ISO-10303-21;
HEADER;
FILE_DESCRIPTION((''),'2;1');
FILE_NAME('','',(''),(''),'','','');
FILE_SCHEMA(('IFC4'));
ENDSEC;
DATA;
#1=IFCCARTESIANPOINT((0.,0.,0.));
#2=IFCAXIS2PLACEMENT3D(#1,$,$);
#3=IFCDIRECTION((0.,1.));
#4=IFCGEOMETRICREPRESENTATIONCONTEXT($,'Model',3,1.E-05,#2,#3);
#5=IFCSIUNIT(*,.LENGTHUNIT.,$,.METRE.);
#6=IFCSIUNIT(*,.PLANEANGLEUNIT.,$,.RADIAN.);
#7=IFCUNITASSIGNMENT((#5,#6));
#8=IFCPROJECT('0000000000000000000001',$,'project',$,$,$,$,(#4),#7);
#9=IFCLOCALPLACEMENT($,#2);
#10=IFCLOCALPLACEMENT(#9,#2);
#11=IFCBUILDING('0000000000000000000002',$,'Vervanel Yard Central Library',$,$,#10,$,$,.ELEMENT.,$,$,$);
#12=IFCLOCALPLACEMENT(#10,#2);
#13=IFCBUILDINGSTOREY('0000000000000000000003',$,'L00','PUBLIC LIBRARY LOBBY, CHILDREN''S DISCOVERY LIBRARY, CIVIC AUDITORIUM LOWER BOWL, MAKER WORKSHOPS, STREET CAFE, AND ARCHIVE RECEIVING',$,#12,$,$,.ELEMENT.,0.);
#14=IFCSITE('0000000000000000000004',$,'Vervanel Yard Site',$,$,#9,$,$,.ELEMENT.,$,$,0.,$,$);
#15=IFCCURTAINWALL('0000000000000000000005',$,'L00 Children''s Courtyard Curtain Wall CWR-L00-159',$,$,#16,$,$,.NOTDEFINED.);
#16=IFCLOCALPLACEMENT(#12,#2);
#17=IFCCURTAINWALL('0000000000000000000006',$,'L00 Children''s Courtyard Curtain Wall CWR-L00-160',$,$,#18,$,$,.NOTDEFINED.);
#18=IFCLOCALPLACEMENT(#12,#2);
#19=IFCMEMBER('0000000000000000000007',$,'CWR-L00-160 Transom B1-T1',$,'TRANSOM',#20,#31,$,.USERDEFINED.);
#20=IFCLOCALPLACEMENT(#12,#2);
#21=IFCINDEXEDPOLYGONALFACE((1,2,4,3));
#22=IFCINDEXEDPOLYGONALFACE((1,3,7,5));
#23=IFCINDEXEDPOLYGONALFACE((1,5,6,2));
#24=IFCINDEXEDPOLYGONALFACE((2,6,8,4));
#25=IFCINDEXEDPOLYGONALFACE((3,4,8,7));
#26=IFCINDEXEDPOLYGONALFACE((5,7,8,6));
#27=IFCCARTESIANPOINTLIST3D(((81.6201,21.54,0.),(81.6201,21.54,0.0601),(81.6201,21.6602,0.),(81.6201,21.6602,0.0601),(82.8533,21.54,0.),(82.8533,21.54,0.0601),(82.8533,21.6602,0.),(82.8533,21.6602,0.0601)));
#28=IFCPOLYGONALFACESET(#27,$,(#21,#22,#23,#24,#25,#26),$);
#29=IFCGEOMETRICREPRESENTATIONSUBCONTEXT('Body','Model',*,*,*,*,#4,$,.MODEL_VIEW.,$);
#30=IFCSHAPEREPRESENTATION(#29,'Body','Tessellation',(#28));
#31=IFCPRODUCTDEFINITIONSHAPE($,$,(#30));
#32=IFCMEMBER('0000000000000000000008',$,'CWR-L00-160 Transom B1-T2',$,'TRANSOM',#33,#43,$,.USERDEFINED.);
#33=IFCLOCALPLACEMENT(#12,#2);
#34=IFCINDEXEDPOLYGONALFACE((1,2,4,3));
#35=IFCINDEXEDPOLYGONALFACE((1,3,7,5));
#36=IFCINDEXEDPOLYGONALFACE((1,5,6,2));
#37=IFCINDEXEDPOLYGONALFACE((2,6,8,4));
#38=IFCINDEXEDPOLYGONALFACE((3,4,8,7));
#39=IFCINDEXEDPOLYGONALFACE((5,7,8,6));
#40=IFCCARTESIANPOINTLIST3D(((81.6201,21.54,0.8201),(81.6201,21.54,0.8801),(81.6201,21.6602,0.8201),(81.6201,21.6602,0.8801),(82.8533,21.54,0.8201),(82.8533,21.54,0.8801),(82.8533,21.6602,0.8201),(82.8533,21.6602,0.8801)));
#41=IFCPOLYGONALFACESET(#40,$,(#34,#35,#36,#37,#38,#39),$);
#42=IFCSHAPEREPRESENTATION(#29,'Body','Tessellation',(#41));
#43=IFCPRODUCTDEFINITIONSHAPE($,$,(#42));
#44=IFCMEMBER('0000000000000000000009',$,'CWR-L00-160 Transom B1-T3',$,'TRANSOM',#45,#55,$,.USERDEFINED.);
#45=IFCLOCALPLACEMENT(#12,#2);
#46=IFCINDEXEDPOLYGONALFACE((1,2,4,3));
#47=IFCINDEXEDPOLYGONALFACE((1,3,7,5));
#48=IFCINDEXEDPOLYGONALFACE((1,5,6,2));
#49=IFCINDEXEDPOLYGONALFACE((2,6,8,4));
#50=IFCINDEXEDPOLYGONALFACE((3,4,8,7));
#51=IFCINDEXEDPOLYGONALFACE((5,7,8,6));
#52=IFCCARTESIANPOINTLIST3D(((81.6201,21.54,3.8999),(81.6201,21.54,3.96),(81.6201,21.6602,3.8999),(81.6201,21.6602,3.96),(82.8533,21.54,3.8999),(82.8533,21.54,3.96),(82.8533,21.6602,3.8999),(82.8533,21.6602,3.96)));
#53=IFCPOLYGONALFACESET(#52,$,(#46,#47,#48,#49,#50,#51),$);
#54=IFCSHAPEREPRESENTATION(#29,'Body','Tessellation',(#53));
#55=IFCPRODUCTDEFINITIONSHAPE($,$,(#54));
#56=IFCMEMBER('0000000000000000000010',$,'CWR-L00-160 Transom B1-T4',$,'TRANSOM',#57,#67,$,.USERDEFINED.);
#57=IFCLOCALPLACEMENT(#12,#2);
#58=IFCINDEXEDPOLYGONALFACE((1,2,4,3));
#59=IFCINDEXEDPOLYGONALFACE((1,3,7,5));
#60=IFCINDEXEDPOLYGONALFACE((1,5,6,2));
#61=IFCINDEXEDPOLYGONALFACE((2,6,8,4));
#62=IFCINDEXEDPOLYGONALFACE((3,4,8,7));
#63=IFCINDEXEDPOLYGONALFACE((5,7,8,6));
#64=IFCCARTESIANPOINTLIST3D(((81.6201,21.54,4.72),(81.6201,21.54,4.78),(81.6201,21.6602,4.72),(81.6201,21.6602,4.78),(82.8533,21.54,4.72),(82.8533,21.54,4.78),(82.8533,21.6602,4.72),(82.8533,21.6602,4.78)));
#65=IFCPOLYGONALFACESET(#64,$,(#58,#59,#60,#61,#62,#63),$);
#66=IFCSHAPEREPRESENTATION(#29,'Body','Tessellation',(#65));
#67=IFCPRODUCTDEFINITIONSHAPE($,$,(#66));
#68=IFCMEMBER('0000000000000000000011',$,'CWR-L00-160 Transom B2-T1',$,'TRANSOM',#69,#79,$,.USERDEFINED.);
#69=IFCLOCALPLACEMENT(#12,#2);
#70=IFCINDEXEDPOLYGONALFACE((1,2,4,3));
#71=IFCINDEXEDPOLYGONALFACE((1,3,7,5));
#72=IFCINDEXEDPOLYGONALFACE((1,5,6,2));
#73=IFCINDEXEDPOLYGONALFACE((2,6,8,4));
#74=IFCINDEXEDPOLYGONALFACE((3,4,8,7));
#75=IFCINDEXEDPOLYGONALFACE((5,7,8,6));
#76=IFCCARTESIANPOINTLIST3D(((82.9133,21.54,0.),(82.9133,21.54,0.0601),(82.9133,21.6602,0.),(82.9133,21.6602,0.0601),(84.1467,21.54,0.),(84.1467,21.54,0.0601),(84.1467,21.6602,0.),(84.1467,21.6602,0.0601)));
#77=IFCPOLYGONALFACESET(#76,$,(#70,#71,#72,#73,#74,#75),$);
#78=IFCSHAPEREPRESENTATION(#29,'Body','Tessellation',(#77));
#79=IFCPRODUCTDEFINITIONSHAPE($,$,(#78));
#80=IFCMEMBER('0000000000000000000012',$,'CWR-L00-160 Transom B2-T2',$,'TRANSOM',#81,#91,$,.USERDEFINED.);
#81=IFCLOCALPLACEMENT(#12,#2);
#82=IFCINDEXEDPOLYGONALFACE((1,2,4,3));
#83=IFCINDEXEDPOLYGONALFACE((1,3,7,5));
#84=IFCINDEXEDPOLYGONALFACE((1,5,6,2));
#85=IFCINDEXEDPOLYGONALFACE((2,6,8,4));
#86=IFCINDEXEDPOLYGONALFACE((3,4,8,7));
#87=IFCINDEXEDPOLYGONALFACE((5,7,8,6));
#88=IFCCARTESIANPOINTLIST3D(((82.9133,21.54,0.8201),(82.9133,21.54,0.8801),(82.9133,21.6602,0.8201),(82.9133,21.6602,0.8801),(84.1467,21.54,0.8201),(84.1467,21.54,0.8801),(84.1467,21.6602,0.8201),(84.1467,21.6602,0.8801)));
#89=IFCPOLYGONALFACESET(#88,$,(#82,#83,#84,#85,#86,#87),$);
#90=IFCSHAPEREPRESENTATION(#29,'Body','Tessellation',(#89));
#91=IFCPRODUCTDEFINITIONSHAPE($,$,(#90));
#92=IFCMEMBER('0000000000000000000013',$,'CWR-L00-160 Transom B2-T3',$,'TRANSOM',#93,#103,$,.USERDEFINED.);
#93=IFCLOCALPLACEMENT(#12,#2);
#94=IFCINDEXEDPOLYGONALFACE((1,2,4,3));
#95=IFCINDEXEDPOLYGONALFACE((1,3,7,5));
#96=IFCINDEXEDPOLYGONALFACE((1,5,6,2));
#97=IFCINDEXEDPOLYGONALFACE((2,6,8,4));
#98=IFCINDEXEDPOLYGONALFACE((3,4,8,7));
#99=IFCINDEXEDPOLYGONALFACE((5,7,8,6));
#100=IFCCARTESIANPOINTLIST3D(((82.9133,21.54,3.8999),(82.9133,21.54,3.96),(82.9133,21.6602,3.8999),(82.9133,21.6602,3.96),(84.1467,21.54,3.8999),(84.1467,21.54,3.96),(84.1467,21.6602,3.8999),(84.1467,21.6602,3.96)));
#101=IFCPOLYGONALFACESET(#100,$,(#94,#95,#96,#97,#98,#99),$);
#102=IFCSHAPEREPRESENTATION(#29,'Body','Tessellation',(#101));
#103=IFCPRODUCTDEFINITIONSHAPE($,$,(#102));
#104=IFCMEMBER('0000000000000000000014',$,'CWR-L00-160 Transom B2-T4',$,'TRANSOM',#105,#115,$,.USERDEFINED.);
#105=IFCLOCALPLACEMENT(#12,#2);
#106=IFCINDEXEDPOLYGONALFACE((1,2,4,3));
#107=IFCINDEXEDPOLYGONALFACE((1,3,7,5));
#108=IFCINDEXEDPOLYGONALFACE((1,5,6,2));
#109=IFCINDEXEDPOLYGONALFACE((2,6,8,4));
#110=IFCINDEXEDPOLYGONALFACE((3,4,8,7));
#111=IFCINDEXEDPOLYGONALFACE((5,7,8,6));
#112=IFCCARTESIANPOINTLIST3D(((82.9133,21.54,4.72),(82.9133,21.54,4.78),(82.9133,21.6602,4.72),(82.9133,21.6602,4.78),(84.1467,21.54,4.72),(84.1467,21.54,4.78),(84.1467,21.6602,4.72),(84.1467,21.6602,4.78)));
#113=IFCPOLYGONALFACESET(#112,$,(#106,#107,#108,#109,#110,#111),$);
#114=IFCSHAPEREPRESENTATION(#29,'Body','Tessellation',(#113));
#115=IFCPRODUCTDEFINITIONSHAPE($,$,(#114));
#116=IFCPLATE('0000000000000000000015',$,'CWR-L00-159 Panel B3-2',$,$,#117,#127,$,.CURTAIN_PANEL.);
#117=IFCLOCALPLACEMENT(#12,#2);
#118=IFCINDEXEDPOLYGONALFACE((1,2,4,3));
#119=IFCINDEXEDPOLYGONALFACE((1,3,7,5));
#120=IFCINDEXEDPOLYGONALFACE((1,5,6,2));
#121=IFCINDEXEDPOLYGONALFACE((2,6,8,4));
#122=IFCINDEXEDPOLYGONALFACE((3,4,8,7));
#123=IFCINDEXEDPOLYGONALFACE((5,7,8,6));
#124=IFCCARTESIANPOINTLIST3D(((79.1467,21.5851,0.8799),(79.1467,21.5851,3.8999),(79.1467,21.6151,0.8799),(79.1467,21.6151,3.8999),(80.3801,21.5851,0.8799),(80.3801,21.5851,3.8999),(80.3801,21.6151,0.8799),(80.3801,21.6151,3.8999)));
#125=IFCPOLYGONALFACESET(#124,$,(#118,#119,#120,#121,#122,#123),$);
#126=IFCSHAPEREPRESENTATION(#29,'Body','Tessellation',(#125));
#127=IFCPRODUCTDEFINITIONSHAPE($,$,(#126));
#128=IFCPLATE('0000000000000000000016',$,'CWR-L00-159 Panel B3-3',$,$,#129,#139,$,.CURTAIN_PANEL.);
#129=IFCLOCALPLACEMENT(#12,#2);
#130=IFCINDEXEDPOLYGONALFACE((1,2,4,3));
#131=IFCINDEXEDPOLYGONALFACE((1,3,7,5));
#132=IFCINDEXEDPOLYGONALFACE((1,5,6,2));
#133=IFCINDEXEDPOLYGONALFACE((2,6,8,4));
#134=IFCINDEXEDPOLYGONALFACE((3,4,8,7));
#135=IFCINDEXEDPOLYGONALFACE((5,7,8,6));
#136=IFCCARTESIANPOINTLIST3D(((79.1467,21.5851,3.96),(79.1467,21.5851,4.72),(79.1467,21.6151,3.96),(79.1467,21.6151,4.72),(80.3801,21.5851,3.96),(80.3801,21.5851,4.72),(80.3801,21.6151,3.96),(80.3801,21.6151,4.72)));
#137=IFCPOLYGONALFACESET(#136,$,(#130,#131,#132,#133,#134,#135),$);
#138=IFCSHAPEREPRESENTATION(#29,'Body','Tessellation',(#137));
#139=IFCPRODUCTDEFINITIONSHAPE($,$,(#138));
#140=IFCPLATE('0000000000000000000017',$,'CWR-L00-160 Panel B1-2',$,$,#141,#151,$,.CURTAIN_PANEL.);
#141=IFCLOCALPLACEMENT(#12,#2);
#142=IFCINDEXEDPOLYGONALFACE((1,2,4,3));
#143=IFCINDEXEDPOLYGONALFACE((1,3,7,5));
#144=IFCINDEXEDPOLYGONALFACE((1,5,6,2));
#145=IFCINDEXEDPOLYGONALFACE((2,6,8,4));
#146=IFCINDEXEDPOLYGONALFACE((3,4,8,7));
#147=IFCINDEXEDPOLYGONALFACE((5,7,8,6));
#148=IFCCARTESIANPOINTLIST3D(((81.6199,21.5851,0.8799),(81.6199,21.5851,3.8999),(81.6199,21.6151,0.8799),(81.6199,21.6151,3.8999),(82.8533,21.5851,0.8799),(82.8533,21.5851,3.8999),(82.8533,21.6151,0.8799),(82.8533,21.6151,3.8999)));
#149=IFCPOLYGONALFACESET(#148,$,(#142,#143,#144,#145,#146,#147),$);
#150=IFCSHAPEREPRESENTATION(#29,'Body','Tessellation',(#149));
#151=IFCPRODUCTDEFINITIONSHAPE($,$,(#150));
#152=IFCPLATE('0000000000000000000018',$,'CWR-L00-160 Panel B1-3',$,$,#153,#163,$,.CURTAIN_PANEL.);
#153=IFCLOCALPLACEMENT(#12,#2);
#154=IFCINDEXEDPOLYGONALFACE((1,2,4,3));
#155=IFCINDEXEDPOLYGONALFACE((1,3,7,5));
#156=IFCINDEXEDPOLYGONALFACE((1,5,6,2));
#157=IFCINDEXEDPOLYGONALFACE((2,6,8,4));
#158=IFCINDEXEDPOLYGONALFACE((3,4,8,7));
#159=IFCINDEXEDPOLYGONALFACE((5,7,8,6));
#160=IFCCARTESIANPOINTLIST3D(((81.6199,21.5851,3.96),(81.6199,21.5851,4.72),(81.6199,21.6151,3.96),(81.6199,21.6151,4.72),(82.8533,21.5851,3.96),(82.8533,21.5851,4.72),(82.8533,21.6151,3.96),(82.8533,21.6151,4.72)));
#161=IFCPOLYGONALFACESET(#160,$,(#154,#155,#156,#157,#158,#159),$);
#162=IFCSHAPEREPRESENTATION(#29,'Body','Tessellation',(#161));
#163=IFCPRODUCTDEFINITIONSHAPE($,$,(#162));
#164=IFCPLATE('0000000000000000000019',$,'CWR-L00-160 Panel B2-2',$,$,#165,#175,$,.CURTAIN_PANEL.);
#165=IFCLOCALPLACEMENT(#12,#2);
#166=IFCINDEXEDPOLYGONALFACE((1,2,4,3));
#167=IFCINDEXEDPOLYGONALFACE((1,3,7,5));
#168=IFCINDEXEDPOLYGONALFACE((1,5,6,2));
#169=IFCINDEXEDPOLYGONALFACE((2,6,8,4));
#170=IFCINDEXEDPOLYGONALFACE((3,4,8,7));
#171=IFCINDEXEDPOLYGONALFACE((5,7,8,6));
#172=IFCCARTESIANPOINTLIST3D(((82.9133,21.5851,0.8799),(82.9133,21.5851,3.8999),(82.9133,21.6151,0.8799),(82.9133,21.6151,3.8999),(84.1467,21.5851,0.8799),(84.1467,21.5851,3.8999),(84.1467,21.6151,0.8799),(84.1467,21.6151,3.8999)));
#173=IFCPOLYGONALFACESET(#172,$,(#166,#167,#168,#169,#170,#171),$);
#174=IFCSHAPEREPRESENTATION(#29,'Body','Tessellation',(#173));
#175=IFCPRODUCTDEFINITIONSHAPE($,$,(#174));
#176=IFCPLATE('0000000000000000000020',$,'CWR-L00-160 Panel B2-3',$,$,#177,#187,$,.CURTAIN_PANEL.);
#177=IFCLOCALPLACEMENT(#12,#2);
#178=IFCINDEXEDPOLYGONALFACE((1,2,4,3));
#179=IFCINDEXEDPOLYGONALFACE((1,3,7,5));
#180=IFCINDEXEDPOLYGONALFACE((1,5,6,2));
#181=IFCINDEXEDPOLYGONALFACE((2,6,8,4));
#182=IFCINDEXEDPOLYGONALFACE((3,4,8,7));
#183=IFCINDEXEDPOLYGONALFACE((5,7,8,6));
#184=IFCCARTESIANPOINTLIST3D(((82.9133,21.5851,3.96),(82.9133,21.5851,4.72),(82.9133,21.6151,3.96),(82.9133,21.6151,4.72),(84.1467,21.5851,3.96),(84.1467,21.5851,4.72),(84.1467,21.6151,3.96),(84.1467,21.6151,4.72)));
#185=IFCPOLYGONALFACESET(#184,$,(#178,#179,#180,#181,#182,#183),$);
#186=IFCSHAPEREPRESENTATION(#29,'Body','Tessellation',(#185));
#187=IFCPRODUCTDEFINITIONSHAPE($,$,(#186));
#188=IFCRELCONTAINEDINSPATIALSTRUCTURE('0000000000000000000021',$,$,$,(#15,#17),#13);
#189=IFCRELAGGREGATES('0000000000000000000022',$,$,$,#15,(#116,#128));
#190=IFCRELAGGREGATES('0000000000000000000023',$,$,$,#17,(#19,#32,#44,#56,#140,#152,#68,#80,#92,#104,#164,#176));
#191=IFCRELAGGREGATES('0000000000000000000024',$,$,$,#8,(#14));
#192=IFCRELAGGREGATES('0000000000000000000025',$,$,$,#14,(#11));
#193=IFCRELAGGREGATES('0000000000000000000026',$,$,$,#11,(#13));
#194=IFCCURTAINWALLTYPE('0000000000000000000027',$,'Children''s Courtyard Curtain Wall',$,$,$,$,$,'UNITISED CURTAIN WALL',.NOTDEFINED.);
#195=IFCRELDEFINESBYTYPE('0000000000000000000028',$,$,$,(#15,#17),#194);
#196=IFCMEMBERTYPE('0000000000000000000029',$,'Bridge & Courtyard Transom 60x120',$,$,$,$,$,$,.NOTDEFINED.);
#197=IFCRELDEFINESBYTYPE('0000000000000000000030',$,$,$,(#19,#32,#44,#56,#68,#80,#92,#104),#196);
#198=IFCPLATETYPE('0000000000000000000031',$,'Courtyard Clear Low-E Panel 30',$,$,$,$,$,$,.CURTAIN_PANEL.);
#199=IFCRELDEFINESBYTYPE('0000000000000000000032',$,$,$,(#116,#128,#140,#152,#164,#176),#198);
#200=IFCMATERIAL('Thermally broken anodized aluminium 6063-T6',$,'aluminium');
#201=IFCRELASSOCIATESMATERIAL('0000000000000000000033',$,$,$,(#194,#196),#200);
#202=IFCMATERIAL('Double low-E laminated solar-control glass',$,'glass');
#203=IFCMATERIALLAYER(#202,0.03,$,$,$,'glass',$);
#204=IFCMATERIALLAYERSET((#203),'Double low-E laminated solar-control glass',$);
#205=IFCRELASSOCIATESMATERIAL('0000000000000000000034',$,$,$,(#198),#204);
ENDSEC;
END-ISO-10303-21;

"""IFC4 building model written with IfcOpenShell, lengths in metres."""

from ifc_helpers import new_model, si_unit, direction, frame, origin, origin_2d, place, context, subcontext, project, spatial, rectangle, extrude, material, layer, layer_set, material_profile, profile_set, type_object, element, aggregate, save


model = new_model("IFC4")

# Units and contexts
model_context = context("Model", 3, precision=1e-05, world=origin(), true_north=direction((0.0, 1.0)))
body_context = subcontext(model_context, "Body", "Model", "MODEL_VIEW")
ifc_project = project(units=[si_unit("LENGTHUNIT", "METRE"), si_unit("PLANEANGLEUNIT", "RADIAN")], contexts=[model_context])

# Site, building, storey
site_placement = place(None, origin())
site = spatial("IfcSite", under=ifc_project, at=site_placement, Name="Vervanel Yard Site", CompositionType="ELEMENT", RefElevation=0.0)
building_placement = place(site_placement, origin())
building = spatial("IfcBuilding", under=site, at=building_placement, Name="Vervanel Yard Central Library", CompositionType="ELEMENT")
storey_placement = place(building_placement, origin())
storey = spatial("IfcBuildingStorey", under=building, at=storey_placement, Name="L00", Description="PUBLIC LIBRARY LOBBY, CHILDREN'S DISCOVERY LIBRARY, CIVIC AUDITORIUM LOWER BOWL, MAKER WORKSHOPS, STREET CAFE, AND ARCHIVE RECEIVING", CompositionType="ELEMENT", Elevation=0.0)

# Curtain wall
ifc_material_1 = material(Name="Thermally broken anodized aluminium 6063-T6", Category="aluminium")
curtain_wall_type = type_object("IfcCurtainWallType", Name="Children's Courtyard Curtain Wall", ElementType="UNITISED CURTAIN WALL", PredefinedType="NOTDEFINED", material=ifc_material_1)
curtain_wall_1_placement = place(storey_placement, origin())
curtain_wall_1 = element("IfcCurtainWall", 1, at=curtain_wall_1_placement, inside=storey, type_object=curtain_wall_type, Name="L00 Children's Courtyard Curtain Wall CWR-L00-159", PredefinedType="NOTDEFINED")

# Curtain wall
curtain_wall_2_placement = place(storey_placement, origin())
curtain_wall_2 = element("IfcCurtainWall", 2, at=curtain_wall_2_placement, inside=storey, type_object=curtain_wall_type, Name="L00 Children's Courtyard Curtain Wall CWR-L00-160", PredefinedType="NOTDEFINED")

# Members
ifc_material_profile_1 = material_profile(ifc_material_1, rectangle(XDim=0.0601, YDim=0.1201, at=origin_2d()), Name="ALU 60x120", Category="aluminium")
ifc_profile_set_1 = profile_set([ifc_material_profile_1], Name="Thermally broken anodized aluminium 6063-T6")
member_type_1 = type_object("IfcMemberType", Name="Bridge & Courtyard Transom 60x120", PredefinedType="NOTDEFINED", material=ifc_profile_set_1)
member_1_placement = place(storey_placement, frame((81.6201, 21.6001, 0.03), z_axis=(1.0, 0.0, 0.0), x_axis=(0.0, 0.0, 1.0)))
member_1 = element("IfcMember", 3, at=member_1_placement, type_object=member_type_1, Name="CWR-L00-160 Transom B1-T1", ObjectType="TRANSOM", PredefinedType="USERDEFINED", context=body_context, shape_type="SweptSolid", body=[
    extrude(rectangle(XDim=0.0601, YDim=0.1201, at=origin_2d()), origin(), (0.0, 0.0, 1.0), 1.2332),
])
member_2_placement = place(storey_placement, frame((81.6201, 21.6001, 0.8501), z_axis=(1.0, 0.0, 0.0), x_axis=(0.0, 0.0, 1.0)))
member_2 = element("IfcMember", 4, at=member_2_placement, type_object=member_type_1, Name="CWR-L00-160 Transom B1-T2", ObjectType="TRANSOM", PredefinedType="USERDEFINED", context=body_context, shape_type="SweptSolid", body=[
    extrude(rectangle(XDim=0.0601, YDim=0.1201, at=origin_2d()), origin(), (0.0, 0.0, 1.0), 1.2332),
])
member_3_placement = place(storey_placement, frame((81.6201, 21.6001, 3.9299), z_axis=(1.0, 0.0, 0.0), x_axis=(0.0, 0.0, 1.0)))
member_3 = element("IfcMember", 5, at=member_3_placement, type_object=member_type_1, Name="CWR-L00-160 Transom B1-T3", ObjectType="TRANSOM", PredefinedType="USERDEFINED", context=body_context, shape_type="SweptSolid", body=[
    extrude(rectangle(XDim=0.0601, YDim=0.1201, at=origin_2d()), origin(), (0.0, 0.0, 1.0), 1.2332),
])
member_4_placement = place(storey_placement, frame((81.6201, 21.6001, 4.75), z_axis=(1.0, 0.0, 0.0), x_axis=(0.0, 0.0, 1.0)))
member_4 = element("IfcMember", 6, at=member_4_placement, type_object=member_type_1, Name="CWR-L00-160 Transom B1-T4", ObjectType="TRANSOM", PredefinedType="USERDEFINED", context=body_context, shape_type="SweptSolid", body=[
    extrude(rectangle(XDim=0.0601, YDim=0.1201, at=origin_2d()), origin(), (0.0, 0.0, 1.0), 1.2332),
])
member_5_placement = place(storey_placement, frame((82.9133, 21.6001, 0.03), z_axis=(1.0, 0.0, 0.0), x_axis=(0.0, 0.0, 1.0)))
member_5 = element("IfcMember", 7, at=member_5_placement, type_object=member_type_1, Name="CWR-L00-160 Transom B2-T1", ObjectType="TRANSOM", PredefinedType="USERDEFINED", context=body_context, shape_type="SweptSolid", body=[
    extrude(rectangle(XDim=0.0601, YDim=0.1201, at=origin_2d()), origin(), (0.0, 0.0, 1.0), 1.2334),
])
member_6_placement = place(storey_placement, frame((82.9133, 21.6001, 0.8501), z_axis=(1.0, 0.0, 0.0), x_axis=(0.0, 0.0, 1.0)))
member_6 = element("IfcMember", 8, at=member_6_placement, type_object=member_type_1, Name="CWR-L00-160 Transom B2-T2", ObjectType="TRANSOM", PredefinedType="USERDEFINED", context=body_context, shape_type="SweptSolid", body=[
    extrude(rectangle(XDim=0.0601, YDim=0.1201, at=origin_2d()), origin(), (0.0, 0.0, 1.0), 1.2334),
])
member_7_placement = place(storey_placement, frame((82.9133, 21.6001, 3.9299), z_axis=(1.0, 0.0, 0.0), x_axis=(0.0, 0.0, 1.0)))
member_7 = element("IfcMember", 9, at=member_7_placement, type_object=member_type_1, Name="CWR-L00-160 Transom B2-T3", ObjectType="TRANSOM", PredefinedType="USERDEFINED", context=body_context, shape_type="SweptSolid", body=[
    extrude(rectangle(XDim=0.0601, YDim=0.1201, at=origin_2d()), origin(), (0.0, 0.0, 1.0), 1.2334),
])
member_8_placement = place(storey_placement, frame((82.9133, 21.6001, 4.75), z_axis=(1.0, 0.0, 0.0), x_axis=(0.0, 0.0, 1.0)))
member_8 = element("IfcMember", 10, at=member_8_placement, type_object=member_type_1, Name="CWR-L00-160 Transom B2-T4", ObjectType="TRANSOM", PredefinedType="USERDEFINED", context=body_context, shape_type="SweptSolid", body=[
    extrude(rectangle(XDim=0.0601, YDim=0.1201, at=origin_2d()), origin(), (0.0, 0.0, 1.0), 1.2334),
])

# Plates
ifc_material_2 = material(Name="Double low-E laminated solar-control glass", Category="glass")
ifc_layer_1 = layer(ifc_material_2, 0.03, Category="glass")
ifc_layer_set_1 = layer_set([ifc_layer_1], Name="Double low-E laminated solar-control glass")
plate_type_1 = type_object("IfcPlateType", Name="Courtyard Clear Low-E Panel 30", PredefinedType="CURTAIN_PANEL", material=ifc_layer_set_1)
plate_1_placement = place(storey_placement, frame((79.7634, 21.6001, 0.8799), z_axis=(0.0, 0.0, 1.0), x_axis=(1.0, 0.0, 0.0)))
plate_1 = element("IfcPlate", 11, at=plate_1_placement, type_object=plate_type_1, Name="CWR-L00-159 Panel B3-2", PredefinedType="CURTAIN_PANEL", context=body_context, shape_type="SweptSolid", body=[
    extrude(rectangle(XDim=1.2334, YDim=0.03, at=origin_2d()), origin(), (0.0, 0.0, 1.0), 3.02),
])
plate_2_placement = place(storey_placement, frame((79.7634, 21.6001, 3.96), z_axis=(0.0, 0.0, 1.0), x_axis=(1.0, 0.0, 0.0)))
plate_2 = element("IfcPlate", 12, at=plate_2_placement, type_object=plate_type_1, Name="CWR-L00-159 Panel B3-3", PredefinedType="CURTAIN_PANEL", context=body_context, shape_type="SweptSolid", body=[
    extrude(rectangle(XDim=1.2334, YDim=0.03, at=origin_2d()), origin(), (0.0, 0.0, 1.0), 0.76),
])
plate_3_placement = place(storey_placement, frame((82.2366, 21.6001, 0.8799), z_axis=(0.0, 0.0, 1.0), x_axis=(1.0, 0.0, 0.0)))
plate_3 = element("IfcPlate", 13, at=plate_3_placement, type_object=plate_type_1, Name="CWR-L00-160 Panel B1-2", PredefinedType="CURTAIN_PANEL", context=body_context, shape_type="SweptSolid", body=[
    extrude(rectangle(XDim=1.2334, YDim=0.03, at=origin_2d()), origin(), (0.0, 0.0, 1.0), 3.02),
])
plate_4_placement = place(storey_placement, frame((82.2366, 21.6001, 3.96), z_axis=(0.0, 0.0, 1.0), x_axis=(1.0, 0.0, 0.0)))
plate_4 = element("IfcPlate", 14, at=plate_4_placement, type_object=plate_type_1, Name="CWR-L00-160 Panel B1-3", PredefinedType="CURTAIN_PANEL", context=body_context, shape_type="SweptSolid", body=[
    extrude(rectangle(XDim=1.2334, YDim=0.03, at=origin_2d()), origin(), (0.0, 0.0, 1.0), 0.76),
])
plate_5_placement = place(storey_placement, frame((83.53, 21.6001, 0.8799), z_axis=(0.0, 0.0, 1.0), x_axis=(1.0, 0.0, 0.0)))
plate_5 = element("IfcPlate", 15, at=plate_5_placement, type_object=plate_type_1, Name="CWR-L00-160 Panel B2-2", PredefinedType="CURTAIN_PANEL", context=body_context, shape_type="SweptSolid", body=[
    extrude(rectangle(XDim=1.2334, YDim=0.03, at=origin_2d()), origin(), (0.0, 0.0, 1.0), 3.02),
])
plate_6_placement = place(storey_placement, frame((83.53, 21.6001, 3.96), z_axis=(0.0, 0.0, 1.0), x_axis=(1.0, 0.0, 0.0)))
plate_6 = element("IfcPlate", 16, at=plate_6_placement, type_object=plate_type_1, Name="CWR-L00-160 Panel B2-3", PredefinedType="CURTAIN_PANEL", context=body_context, shape_type="SweptSolid", body=[
    extrude(rectangle(XDim=1.2334, YDim=0.03, at=origin_2d()), origin(), (0.0, 0.0, 1.0), 0.76),
])
aggregate(curtain_wall_1, [plate_1, plate_2])
aggregate(curtain_wall_2, [member_1, member_2, member_3, member_4, plate_3, plate_4, member_5, member_6, member_7, member_8, plate_5, plate_6])

save(model, "model.ifc")
